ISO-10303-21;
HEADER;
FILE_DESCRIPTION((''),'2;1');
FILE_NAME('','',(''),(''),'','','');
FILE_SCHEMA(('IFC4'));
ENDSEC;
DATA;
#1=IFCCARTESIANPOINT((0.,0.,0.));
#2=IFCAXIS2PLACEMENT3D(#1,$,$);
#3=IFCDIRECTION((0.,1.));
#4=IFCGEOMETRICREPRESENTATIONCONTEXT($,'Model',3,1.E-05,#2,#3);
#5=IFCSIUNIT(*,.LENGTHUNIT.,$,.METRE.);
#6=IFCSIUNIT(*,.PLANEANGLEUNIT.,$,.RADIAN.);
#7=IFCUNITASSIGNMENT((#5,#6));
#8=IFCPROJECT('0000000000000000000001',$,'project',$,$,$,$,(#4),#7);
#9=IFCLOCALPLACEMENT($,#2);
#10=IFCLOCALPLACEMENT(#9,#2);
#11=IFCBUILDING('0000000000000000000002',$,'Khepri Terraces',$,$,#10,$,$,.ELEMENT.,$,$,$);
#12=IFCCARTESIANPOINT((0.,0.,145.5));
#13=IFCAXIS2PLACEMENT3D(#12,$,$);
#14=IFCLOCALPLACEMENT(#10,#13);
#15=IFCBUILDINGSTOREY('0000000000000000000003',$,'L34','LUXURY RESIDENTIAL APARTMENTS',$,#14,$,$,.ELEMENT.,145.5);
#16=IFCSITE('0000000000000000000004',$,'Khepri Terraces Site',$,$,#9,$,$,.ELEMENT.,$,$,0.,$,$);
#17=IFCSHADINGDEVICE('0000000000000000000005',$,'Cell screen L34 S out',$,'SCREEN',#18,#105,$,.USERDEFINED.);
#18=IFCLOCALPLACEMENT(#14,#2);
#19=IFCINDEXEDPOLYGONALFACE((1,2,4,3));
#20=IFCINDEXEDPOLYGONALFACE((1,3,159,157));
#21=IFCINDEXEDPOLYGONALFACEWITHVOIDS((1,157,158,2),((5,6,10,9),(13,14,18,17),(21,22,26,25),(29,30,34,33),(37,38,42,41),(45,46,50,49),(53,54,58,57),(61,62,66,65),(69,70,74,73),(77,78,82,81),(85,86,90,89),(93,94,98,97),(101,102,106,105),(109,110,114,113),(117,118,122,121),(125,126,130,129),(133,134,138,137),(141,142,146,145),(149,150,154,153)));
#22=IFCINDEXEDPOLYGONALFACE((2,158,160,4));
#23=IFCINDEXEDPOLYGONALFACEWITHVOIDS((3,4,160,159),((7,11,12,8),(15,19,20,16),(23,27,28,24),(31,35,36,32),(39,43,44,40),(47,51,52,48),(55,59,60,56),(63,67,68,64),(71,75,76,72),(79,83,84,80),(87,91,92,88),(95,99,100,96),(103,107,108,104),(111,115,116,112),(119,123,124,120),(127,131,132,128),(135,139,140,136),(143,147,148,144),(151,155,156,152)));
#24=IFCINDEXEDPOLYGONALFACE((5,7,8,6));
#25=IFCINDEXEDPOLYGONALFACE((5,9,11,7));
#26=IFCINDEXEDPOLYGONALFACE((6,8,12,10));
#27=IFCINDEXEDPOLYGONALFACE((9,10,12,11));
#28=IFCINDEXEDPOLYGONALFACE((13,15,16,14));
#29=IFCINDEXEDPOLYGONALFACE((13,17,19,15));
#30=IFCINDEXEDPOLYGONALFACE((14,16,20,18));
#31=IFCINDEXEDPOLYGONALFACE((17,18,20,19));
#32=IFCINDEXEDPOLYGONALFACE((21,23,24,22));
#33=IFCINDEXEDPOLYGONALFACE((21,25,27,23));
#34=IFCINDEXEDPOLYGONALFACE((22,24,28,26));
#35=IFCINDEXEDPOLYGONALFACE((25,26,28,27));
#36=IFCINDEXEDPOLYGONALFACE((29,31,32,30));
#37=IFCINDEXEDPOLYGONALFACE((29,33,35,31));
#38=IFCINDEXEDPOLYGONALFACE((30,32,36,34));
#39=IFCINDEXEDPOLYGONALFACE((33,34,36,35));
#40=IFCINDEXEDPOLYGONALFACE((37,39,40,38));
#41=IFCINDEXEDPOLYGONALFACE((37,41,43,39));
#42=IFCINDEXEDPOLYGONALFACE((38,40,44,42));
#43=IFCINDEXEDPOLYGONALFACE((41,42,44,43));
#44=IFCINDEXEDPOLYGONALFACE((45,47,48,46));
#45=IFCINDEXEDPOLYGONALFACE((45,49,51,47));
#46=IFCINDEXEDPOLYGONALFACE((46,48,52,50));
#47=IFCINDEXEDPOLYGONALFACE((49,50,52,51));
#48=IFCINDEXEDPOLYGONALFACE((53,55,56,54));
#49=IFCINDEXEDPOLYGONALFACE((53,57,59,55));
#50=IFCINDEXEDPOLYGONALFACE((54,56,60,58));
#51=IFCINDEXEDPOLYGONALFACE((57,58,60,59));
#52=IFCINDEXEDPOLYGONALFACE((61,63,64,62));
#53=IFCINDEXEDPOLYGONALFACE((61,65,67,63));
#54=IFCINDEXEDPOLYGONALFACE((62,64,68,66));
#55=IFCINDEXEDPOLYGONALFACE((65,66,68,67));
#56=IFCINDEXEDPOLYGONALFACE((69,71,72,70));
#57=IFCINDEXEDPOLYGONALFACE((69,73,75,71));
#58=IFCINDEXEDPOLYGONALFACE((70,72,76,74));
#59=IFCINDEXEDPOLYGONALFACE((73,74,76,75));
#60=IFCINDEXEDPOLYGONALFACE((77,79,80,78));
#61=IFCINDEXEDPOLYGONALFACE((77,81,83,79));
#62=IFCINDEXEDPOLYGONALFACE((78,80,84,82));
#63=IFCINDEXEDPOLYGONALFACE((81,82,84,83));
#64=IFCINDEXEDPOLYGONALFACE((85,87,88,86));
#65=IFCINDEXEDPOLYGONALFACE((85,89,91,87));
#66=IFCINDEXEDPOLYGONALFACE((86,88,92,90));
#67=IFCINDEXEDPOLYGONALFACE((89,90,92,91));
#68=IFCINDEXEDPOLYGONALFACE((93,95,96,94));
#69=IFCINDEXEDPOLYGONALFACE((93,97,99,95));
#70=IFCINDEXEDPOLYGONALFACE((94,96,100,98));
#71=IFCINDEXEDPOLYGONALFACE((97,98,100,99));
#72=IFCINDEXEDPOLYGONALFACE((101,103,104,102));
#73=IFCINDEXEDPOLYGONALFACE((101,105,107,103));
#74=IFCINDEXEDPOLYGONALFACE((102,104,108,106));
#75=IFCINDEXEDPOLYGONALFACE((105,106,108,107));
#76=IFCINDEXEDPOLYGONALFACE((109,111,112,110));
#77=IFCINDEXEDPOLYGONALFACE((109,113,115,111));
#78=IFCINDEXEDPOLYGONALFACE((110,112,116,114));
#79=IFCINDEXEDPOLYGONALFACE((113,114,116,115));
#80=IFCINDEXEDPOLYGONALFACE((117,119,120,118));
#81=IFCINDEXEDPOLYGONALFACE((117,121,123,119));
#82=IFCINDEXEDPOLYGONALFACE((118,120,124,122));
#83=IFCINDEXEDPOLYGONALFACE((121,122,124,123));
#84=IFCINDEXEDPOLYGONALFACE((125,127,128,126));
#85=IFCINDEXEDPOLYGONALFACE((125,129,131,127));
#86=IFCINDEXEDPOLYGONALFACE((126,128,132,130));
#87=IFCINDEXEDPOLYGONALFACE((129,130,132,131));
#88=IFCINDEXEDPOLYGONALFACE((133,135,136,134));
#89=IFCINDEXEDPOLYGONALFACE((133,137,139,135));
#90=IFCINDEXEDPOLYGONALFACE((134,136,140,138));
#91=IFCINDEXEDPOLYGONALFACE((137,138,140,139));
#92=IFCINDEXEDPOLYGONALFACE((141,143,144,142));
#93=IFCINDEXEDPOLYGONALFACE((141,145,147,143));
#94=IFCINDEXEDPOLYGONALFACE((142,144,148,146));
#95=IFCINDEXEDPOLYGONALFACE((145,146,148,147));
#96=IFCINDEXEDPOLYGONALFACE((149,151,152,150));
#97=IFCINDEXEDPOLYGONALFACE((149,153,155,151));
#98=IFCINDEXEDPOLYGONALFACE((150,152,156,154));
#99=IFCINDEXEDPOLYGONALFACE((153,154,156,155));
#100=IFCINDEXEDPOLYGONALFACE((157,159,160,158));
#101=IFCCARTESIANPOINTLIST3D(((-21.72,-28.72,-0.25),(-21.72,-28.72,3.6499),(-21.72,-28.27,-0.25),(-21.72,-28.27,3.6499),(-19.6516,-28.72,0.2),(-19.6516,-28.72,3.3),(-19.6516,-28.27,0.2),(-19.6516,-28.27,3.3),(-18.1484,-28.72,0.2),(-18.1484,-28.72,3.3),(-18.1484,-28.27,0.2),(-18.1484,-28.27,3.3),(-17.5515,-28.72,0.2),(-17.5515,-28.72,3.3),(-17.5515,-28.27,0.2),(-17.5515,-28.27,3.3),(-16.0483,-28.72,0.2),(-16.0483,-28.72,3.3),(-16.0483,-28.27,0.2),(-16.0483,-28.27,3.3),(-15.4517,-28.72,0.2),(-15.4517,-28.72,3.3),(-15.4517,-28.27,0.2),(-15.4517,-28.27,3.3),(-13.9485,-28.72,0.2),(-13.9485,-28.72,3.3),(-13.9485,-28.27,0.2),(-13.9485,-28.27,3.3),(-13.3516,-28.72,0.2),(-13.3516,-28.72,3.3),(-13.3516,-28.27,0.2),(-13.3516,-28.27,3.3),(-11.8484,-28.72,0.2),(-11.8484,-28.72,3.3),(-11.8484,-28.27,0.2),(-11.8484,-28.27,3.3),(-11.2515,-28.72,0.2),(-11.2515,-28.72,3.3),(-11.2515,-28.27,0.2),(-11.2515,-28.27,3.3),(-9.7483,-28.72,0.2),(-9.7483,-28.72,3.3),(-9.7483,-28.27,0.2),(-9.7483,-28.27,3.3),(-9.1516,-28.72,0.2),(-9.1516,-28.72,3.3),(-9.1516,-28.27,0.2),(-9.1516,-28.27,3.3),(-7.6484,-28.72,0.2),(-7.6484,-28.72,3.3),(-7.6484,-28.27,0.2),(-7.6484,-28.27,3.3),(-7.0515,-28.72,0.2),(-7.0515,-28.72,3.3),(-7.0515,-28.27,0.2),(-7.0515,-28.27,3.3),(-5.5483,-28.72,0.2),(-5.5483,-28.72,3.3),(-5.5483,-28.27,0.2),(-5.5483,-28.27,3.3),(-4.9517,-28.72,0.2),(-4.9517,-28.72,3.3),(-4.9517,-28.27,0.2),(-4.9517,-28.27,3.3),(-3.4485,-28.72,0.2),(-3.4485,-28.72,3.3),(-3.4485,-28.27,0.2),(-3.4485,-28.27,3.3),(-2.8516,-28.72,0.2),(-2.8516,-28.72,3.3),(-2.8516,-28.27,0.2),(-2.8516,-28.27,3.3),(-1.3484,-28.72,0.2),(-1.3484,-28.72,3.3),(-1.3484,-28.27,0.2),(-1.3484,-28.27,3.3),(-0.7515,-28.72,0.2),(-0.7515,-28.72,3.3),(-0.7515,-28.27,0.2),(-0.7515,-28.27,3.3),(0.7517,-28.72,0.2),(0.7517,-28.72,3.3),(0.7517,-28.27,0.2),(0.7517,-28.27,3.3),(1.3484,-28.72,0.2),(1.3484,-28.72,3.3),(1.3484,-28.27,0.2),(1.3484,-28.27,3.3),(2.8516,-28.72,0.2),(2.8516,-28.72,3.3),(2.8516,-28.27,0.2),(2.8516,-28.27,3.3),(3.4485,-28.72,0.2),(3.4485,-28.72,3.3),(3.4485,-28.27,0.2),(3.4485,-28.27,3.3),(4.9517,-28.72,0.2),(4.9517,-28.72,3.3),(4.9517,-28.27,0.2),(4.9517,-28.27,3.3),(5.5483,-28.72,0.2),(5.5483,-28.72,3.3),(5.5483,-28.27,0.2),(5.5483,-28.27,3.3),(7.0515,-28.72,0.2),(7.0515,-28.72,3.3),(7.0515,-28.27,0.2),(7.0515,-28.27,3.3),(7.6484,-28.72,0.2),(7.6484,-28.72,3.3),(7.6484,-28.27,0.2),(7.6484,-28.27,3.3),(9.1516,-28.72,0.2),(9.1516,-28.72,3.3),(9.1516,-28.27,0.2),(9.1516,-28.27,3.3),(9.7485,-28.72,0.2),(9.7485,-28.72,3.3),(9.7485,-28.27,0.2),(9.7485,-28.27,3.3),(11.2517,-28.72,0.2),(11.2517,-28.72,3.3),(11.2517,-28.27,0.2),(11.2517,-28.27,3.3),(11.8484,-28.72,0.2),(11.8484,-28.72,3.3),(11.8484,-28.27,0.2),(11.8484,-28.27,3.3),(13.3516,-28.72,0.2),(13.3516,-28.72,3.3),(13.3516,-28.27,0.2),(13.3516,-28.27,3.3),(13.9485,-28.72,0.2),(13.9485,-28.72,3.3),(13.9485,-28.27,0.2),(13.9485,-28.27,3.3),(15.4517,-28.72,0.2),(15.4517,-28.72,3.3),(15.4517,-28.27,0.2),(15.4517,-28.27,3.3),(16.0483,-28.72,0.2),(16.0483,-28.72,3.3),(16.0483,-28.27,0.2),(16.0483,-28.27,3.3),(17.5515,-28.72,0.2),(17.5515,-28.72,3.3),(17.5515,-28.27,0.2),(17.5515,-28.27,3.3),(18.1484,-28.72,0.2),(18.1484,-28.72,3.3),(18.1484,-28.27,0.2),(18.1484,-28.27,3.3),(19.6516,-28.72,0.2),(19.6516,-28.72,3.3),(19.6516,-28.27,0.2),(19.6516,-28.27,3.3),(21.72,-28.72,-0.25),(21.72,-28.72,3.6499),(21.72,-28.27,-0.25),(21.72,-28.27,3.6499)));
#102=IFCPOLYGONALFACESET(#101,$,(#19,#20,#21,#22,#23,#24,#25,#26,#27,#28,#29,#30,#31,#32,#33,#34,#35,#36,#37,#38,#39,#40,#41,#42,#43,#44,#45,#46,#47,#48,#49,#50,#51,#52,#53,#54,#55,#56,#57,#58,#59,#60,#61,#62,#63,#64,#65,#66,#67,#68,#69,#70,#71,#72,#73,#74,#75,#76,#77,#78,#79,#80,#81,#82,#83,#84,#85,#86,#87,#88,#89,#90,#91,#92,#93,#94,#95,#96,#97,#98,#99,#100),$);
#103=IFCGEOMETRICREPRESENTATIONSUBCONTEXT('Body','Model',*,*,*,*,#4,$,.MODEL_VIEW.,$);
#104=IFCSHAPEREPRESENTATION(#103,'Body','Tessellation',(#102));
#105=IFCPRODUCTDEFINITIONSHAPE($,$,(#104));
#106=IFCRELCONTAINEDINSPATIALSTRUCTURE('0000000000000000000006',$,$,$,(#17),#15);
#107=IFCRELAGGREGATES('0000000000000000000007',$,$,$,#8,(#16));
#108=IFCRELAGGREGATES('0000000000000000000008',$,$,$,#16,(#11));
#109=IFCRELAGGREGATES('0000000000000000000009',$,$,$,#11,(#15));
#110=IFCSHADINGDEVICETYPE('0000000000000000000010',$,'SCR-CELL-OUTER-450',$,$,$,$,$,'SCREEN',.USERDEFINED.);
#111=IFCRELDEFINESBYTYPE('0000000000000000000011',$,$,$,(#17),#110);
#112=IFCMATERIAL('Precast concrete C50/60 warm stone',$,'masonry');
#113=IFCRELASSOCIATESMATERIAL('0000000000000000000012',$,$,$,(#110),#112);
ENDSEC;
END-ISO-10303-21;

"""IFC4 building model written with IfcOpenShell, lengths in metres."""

from ifc_helpers import new_model, si_unit, direction, frame, origin, place, context, subcontext, project, spatial, polyline, outline, extrude, material, type_object, element, save


model = new_model("IFC4")

# Units and contexts
model_context = context("Model", 3, precision=1e-05, world=origin(), true_north=direction((0.0, 1.0)))
body_context = subcontext(model_context, "Body", "Model", "MODEL_VIEW")
ifc_project = project(units=[si_unit("LENGTHUNIT", "METRE"), si_unit("PLANEANGLEUNIT", "RADIAN")], contexts=[model_context])

# Site, building, storey
site_placement = place(None, origin())
site = spatial("IfcSite", under=ifc_project, at=site_placement, Name="Khepri Terraces Site", CompositionType="ELEMENT", RefElevation=0.0)
building_placement = place(site_placement, origin())
building = spatial("IfcBuilding", under=site, at=building_placement, Name="Khepri Terraces", CompositionType="ELEMENT")
storey_placement = place(building_placement, frame((0.0, 0.0, 145.5)))
storey = spatial("IfcBuildingStorey", under=building, at=storey_placement, Name="L34", Description="LUXURY RESIDENTIAL APARTMENTS", CompositionType="ELEMENT", Elevation=145.5)

# Shared definitions
ifc_material_1 = material(Name="Precast concrete C50/60 warm stone", Category="masonry")

# Shading device
shading_device_type_1 = type_object("IfcShadingDeviceType", Name="SCR-CELL-OUTER-450", ElementType="SCREEN", PredefinedType="USERDEFINED", material=ifc_material_1)
shading_device_1_placement = place(storey_placement, frame((-21.72, -28.27, -0.25), z_axis=(0.0, -1.0, 0.0), x_axis=(1.0, 0.0, 0.0)))
element("IfcShadingDevice", 1, at=shading_device_1_placement, inside=storey, type_object=shading_device_type_1, Name="Cell screen L34 S out", ObjectType="SCREEN", PredefinedType="USERDEFINED", context=body_context, shape_type="SweptSolid", body=[
    extrude(outline(polyline([(0.0, 0.0), (43.4399, 0.0), (43.4399, 3.8999), (0.0, 3.8999), (0.0, 0.0)]), holes=[polyline([(2.0684, 0.45), (3.5715, 0.45), (3.5715, 3.55), (2.0684, 3.55), (2.0684, 0.45)]), polyline([(4.1685, 0.45), (5.6716, 0.45), (5.6716, 3.55), (4.1685, 3.55), (4.1685, 0.45)]), polyline([(6.2683, 0.45), (7.7715, 0.45), (7.7715, 3.55), (6.2683, 3.55), (6.2683, 0.45)]), polyline([(8.3684, 0.45), (9.8716, 0.45), (9.8716, 3.55), (8.3684, 3.55), (8.3684, 0.45)]), polyline([(10.4685, 0.45), (11.9717, 0.45), (11.9717, 3.55), (10.4685, 3.55), (10.4685, 0.45)]), polyline([(12.5684, 0.45), (14.0715, 0.45), (14.0715, 3.55), (12.5684, 3.55), (12.5684, 0.45)]), polyline([(14.6685, 0.45), (16.1716, 0.45), (16.1716, 3.55), (14.6685, 3.55), (14.6685, 0.45)]), polyline([(16.7683, 0.45), (18.2715, 0.45), (18.2715, 3.55), (16.7683, 3.55), (16.7683, 0.45)]), polyline([(18.8684, 0.45), (20.3716, 0.45), (20.3716, 3.55), (18.8684, 3.55), (18.8684, 0.45)]), polyline([(20.9685, 0.45), (22.4717, 0.45), (22.4717, 3.55), (20.9685, 3.55), (20.9685, 0.45)]), polyline([(23.0684, 0.45), (24.5715, 0.45), (24.5715, 3.55), (23.0684, 3.55), (23.0684, 0.45)]), polyline([(25.1685, 0.45), (26.6716, 0.45), (26.6716, 3.55), (25.1685, 3.55), (25.1685, 0.45)]), polyline([(27.2683, 0.45), (28.7715, 0.45), (28.7715, 3.55), (27.2683, 3.55), (27.2683, 0.45)]), polyline([(29.3684, 0.45), (30.8716, 0.45), (30.8716, 3.55), (29.3684, 3.55), (29.3684, 0.45)]), polyline([(31.4685, 0.45), (32.9717, 0.45), (32.9717, 3.55), (31.4685, 3.55), (31.4685, 0.45)]), polyline([(33.5684, 0.45), (35.0715, 0.45), (35.0715, 3.55), (33.5684, 3.55), (33.5684, 0.45)]), polyline([(35.6685, 0.45), (37.1716, 0.45), (37.1716, 3.55), (35.6685, 3.55), (35.6685, 0.45)]), polyline([(37.7683, 0.45), (39.2715, 0.45), (39.2715, 3.55), (37.7683, 3.55), (37.7683, 0.45)]), polyline([(39.8684, 0.45), (41.3716, 0.45), (41.3716, 3.55), (39.8684, 3.55), (39.8684, 0.45)])]), origin(), (0.0, 0.0, 1.0), 0.45),
])

save(model, "model.ifc")
